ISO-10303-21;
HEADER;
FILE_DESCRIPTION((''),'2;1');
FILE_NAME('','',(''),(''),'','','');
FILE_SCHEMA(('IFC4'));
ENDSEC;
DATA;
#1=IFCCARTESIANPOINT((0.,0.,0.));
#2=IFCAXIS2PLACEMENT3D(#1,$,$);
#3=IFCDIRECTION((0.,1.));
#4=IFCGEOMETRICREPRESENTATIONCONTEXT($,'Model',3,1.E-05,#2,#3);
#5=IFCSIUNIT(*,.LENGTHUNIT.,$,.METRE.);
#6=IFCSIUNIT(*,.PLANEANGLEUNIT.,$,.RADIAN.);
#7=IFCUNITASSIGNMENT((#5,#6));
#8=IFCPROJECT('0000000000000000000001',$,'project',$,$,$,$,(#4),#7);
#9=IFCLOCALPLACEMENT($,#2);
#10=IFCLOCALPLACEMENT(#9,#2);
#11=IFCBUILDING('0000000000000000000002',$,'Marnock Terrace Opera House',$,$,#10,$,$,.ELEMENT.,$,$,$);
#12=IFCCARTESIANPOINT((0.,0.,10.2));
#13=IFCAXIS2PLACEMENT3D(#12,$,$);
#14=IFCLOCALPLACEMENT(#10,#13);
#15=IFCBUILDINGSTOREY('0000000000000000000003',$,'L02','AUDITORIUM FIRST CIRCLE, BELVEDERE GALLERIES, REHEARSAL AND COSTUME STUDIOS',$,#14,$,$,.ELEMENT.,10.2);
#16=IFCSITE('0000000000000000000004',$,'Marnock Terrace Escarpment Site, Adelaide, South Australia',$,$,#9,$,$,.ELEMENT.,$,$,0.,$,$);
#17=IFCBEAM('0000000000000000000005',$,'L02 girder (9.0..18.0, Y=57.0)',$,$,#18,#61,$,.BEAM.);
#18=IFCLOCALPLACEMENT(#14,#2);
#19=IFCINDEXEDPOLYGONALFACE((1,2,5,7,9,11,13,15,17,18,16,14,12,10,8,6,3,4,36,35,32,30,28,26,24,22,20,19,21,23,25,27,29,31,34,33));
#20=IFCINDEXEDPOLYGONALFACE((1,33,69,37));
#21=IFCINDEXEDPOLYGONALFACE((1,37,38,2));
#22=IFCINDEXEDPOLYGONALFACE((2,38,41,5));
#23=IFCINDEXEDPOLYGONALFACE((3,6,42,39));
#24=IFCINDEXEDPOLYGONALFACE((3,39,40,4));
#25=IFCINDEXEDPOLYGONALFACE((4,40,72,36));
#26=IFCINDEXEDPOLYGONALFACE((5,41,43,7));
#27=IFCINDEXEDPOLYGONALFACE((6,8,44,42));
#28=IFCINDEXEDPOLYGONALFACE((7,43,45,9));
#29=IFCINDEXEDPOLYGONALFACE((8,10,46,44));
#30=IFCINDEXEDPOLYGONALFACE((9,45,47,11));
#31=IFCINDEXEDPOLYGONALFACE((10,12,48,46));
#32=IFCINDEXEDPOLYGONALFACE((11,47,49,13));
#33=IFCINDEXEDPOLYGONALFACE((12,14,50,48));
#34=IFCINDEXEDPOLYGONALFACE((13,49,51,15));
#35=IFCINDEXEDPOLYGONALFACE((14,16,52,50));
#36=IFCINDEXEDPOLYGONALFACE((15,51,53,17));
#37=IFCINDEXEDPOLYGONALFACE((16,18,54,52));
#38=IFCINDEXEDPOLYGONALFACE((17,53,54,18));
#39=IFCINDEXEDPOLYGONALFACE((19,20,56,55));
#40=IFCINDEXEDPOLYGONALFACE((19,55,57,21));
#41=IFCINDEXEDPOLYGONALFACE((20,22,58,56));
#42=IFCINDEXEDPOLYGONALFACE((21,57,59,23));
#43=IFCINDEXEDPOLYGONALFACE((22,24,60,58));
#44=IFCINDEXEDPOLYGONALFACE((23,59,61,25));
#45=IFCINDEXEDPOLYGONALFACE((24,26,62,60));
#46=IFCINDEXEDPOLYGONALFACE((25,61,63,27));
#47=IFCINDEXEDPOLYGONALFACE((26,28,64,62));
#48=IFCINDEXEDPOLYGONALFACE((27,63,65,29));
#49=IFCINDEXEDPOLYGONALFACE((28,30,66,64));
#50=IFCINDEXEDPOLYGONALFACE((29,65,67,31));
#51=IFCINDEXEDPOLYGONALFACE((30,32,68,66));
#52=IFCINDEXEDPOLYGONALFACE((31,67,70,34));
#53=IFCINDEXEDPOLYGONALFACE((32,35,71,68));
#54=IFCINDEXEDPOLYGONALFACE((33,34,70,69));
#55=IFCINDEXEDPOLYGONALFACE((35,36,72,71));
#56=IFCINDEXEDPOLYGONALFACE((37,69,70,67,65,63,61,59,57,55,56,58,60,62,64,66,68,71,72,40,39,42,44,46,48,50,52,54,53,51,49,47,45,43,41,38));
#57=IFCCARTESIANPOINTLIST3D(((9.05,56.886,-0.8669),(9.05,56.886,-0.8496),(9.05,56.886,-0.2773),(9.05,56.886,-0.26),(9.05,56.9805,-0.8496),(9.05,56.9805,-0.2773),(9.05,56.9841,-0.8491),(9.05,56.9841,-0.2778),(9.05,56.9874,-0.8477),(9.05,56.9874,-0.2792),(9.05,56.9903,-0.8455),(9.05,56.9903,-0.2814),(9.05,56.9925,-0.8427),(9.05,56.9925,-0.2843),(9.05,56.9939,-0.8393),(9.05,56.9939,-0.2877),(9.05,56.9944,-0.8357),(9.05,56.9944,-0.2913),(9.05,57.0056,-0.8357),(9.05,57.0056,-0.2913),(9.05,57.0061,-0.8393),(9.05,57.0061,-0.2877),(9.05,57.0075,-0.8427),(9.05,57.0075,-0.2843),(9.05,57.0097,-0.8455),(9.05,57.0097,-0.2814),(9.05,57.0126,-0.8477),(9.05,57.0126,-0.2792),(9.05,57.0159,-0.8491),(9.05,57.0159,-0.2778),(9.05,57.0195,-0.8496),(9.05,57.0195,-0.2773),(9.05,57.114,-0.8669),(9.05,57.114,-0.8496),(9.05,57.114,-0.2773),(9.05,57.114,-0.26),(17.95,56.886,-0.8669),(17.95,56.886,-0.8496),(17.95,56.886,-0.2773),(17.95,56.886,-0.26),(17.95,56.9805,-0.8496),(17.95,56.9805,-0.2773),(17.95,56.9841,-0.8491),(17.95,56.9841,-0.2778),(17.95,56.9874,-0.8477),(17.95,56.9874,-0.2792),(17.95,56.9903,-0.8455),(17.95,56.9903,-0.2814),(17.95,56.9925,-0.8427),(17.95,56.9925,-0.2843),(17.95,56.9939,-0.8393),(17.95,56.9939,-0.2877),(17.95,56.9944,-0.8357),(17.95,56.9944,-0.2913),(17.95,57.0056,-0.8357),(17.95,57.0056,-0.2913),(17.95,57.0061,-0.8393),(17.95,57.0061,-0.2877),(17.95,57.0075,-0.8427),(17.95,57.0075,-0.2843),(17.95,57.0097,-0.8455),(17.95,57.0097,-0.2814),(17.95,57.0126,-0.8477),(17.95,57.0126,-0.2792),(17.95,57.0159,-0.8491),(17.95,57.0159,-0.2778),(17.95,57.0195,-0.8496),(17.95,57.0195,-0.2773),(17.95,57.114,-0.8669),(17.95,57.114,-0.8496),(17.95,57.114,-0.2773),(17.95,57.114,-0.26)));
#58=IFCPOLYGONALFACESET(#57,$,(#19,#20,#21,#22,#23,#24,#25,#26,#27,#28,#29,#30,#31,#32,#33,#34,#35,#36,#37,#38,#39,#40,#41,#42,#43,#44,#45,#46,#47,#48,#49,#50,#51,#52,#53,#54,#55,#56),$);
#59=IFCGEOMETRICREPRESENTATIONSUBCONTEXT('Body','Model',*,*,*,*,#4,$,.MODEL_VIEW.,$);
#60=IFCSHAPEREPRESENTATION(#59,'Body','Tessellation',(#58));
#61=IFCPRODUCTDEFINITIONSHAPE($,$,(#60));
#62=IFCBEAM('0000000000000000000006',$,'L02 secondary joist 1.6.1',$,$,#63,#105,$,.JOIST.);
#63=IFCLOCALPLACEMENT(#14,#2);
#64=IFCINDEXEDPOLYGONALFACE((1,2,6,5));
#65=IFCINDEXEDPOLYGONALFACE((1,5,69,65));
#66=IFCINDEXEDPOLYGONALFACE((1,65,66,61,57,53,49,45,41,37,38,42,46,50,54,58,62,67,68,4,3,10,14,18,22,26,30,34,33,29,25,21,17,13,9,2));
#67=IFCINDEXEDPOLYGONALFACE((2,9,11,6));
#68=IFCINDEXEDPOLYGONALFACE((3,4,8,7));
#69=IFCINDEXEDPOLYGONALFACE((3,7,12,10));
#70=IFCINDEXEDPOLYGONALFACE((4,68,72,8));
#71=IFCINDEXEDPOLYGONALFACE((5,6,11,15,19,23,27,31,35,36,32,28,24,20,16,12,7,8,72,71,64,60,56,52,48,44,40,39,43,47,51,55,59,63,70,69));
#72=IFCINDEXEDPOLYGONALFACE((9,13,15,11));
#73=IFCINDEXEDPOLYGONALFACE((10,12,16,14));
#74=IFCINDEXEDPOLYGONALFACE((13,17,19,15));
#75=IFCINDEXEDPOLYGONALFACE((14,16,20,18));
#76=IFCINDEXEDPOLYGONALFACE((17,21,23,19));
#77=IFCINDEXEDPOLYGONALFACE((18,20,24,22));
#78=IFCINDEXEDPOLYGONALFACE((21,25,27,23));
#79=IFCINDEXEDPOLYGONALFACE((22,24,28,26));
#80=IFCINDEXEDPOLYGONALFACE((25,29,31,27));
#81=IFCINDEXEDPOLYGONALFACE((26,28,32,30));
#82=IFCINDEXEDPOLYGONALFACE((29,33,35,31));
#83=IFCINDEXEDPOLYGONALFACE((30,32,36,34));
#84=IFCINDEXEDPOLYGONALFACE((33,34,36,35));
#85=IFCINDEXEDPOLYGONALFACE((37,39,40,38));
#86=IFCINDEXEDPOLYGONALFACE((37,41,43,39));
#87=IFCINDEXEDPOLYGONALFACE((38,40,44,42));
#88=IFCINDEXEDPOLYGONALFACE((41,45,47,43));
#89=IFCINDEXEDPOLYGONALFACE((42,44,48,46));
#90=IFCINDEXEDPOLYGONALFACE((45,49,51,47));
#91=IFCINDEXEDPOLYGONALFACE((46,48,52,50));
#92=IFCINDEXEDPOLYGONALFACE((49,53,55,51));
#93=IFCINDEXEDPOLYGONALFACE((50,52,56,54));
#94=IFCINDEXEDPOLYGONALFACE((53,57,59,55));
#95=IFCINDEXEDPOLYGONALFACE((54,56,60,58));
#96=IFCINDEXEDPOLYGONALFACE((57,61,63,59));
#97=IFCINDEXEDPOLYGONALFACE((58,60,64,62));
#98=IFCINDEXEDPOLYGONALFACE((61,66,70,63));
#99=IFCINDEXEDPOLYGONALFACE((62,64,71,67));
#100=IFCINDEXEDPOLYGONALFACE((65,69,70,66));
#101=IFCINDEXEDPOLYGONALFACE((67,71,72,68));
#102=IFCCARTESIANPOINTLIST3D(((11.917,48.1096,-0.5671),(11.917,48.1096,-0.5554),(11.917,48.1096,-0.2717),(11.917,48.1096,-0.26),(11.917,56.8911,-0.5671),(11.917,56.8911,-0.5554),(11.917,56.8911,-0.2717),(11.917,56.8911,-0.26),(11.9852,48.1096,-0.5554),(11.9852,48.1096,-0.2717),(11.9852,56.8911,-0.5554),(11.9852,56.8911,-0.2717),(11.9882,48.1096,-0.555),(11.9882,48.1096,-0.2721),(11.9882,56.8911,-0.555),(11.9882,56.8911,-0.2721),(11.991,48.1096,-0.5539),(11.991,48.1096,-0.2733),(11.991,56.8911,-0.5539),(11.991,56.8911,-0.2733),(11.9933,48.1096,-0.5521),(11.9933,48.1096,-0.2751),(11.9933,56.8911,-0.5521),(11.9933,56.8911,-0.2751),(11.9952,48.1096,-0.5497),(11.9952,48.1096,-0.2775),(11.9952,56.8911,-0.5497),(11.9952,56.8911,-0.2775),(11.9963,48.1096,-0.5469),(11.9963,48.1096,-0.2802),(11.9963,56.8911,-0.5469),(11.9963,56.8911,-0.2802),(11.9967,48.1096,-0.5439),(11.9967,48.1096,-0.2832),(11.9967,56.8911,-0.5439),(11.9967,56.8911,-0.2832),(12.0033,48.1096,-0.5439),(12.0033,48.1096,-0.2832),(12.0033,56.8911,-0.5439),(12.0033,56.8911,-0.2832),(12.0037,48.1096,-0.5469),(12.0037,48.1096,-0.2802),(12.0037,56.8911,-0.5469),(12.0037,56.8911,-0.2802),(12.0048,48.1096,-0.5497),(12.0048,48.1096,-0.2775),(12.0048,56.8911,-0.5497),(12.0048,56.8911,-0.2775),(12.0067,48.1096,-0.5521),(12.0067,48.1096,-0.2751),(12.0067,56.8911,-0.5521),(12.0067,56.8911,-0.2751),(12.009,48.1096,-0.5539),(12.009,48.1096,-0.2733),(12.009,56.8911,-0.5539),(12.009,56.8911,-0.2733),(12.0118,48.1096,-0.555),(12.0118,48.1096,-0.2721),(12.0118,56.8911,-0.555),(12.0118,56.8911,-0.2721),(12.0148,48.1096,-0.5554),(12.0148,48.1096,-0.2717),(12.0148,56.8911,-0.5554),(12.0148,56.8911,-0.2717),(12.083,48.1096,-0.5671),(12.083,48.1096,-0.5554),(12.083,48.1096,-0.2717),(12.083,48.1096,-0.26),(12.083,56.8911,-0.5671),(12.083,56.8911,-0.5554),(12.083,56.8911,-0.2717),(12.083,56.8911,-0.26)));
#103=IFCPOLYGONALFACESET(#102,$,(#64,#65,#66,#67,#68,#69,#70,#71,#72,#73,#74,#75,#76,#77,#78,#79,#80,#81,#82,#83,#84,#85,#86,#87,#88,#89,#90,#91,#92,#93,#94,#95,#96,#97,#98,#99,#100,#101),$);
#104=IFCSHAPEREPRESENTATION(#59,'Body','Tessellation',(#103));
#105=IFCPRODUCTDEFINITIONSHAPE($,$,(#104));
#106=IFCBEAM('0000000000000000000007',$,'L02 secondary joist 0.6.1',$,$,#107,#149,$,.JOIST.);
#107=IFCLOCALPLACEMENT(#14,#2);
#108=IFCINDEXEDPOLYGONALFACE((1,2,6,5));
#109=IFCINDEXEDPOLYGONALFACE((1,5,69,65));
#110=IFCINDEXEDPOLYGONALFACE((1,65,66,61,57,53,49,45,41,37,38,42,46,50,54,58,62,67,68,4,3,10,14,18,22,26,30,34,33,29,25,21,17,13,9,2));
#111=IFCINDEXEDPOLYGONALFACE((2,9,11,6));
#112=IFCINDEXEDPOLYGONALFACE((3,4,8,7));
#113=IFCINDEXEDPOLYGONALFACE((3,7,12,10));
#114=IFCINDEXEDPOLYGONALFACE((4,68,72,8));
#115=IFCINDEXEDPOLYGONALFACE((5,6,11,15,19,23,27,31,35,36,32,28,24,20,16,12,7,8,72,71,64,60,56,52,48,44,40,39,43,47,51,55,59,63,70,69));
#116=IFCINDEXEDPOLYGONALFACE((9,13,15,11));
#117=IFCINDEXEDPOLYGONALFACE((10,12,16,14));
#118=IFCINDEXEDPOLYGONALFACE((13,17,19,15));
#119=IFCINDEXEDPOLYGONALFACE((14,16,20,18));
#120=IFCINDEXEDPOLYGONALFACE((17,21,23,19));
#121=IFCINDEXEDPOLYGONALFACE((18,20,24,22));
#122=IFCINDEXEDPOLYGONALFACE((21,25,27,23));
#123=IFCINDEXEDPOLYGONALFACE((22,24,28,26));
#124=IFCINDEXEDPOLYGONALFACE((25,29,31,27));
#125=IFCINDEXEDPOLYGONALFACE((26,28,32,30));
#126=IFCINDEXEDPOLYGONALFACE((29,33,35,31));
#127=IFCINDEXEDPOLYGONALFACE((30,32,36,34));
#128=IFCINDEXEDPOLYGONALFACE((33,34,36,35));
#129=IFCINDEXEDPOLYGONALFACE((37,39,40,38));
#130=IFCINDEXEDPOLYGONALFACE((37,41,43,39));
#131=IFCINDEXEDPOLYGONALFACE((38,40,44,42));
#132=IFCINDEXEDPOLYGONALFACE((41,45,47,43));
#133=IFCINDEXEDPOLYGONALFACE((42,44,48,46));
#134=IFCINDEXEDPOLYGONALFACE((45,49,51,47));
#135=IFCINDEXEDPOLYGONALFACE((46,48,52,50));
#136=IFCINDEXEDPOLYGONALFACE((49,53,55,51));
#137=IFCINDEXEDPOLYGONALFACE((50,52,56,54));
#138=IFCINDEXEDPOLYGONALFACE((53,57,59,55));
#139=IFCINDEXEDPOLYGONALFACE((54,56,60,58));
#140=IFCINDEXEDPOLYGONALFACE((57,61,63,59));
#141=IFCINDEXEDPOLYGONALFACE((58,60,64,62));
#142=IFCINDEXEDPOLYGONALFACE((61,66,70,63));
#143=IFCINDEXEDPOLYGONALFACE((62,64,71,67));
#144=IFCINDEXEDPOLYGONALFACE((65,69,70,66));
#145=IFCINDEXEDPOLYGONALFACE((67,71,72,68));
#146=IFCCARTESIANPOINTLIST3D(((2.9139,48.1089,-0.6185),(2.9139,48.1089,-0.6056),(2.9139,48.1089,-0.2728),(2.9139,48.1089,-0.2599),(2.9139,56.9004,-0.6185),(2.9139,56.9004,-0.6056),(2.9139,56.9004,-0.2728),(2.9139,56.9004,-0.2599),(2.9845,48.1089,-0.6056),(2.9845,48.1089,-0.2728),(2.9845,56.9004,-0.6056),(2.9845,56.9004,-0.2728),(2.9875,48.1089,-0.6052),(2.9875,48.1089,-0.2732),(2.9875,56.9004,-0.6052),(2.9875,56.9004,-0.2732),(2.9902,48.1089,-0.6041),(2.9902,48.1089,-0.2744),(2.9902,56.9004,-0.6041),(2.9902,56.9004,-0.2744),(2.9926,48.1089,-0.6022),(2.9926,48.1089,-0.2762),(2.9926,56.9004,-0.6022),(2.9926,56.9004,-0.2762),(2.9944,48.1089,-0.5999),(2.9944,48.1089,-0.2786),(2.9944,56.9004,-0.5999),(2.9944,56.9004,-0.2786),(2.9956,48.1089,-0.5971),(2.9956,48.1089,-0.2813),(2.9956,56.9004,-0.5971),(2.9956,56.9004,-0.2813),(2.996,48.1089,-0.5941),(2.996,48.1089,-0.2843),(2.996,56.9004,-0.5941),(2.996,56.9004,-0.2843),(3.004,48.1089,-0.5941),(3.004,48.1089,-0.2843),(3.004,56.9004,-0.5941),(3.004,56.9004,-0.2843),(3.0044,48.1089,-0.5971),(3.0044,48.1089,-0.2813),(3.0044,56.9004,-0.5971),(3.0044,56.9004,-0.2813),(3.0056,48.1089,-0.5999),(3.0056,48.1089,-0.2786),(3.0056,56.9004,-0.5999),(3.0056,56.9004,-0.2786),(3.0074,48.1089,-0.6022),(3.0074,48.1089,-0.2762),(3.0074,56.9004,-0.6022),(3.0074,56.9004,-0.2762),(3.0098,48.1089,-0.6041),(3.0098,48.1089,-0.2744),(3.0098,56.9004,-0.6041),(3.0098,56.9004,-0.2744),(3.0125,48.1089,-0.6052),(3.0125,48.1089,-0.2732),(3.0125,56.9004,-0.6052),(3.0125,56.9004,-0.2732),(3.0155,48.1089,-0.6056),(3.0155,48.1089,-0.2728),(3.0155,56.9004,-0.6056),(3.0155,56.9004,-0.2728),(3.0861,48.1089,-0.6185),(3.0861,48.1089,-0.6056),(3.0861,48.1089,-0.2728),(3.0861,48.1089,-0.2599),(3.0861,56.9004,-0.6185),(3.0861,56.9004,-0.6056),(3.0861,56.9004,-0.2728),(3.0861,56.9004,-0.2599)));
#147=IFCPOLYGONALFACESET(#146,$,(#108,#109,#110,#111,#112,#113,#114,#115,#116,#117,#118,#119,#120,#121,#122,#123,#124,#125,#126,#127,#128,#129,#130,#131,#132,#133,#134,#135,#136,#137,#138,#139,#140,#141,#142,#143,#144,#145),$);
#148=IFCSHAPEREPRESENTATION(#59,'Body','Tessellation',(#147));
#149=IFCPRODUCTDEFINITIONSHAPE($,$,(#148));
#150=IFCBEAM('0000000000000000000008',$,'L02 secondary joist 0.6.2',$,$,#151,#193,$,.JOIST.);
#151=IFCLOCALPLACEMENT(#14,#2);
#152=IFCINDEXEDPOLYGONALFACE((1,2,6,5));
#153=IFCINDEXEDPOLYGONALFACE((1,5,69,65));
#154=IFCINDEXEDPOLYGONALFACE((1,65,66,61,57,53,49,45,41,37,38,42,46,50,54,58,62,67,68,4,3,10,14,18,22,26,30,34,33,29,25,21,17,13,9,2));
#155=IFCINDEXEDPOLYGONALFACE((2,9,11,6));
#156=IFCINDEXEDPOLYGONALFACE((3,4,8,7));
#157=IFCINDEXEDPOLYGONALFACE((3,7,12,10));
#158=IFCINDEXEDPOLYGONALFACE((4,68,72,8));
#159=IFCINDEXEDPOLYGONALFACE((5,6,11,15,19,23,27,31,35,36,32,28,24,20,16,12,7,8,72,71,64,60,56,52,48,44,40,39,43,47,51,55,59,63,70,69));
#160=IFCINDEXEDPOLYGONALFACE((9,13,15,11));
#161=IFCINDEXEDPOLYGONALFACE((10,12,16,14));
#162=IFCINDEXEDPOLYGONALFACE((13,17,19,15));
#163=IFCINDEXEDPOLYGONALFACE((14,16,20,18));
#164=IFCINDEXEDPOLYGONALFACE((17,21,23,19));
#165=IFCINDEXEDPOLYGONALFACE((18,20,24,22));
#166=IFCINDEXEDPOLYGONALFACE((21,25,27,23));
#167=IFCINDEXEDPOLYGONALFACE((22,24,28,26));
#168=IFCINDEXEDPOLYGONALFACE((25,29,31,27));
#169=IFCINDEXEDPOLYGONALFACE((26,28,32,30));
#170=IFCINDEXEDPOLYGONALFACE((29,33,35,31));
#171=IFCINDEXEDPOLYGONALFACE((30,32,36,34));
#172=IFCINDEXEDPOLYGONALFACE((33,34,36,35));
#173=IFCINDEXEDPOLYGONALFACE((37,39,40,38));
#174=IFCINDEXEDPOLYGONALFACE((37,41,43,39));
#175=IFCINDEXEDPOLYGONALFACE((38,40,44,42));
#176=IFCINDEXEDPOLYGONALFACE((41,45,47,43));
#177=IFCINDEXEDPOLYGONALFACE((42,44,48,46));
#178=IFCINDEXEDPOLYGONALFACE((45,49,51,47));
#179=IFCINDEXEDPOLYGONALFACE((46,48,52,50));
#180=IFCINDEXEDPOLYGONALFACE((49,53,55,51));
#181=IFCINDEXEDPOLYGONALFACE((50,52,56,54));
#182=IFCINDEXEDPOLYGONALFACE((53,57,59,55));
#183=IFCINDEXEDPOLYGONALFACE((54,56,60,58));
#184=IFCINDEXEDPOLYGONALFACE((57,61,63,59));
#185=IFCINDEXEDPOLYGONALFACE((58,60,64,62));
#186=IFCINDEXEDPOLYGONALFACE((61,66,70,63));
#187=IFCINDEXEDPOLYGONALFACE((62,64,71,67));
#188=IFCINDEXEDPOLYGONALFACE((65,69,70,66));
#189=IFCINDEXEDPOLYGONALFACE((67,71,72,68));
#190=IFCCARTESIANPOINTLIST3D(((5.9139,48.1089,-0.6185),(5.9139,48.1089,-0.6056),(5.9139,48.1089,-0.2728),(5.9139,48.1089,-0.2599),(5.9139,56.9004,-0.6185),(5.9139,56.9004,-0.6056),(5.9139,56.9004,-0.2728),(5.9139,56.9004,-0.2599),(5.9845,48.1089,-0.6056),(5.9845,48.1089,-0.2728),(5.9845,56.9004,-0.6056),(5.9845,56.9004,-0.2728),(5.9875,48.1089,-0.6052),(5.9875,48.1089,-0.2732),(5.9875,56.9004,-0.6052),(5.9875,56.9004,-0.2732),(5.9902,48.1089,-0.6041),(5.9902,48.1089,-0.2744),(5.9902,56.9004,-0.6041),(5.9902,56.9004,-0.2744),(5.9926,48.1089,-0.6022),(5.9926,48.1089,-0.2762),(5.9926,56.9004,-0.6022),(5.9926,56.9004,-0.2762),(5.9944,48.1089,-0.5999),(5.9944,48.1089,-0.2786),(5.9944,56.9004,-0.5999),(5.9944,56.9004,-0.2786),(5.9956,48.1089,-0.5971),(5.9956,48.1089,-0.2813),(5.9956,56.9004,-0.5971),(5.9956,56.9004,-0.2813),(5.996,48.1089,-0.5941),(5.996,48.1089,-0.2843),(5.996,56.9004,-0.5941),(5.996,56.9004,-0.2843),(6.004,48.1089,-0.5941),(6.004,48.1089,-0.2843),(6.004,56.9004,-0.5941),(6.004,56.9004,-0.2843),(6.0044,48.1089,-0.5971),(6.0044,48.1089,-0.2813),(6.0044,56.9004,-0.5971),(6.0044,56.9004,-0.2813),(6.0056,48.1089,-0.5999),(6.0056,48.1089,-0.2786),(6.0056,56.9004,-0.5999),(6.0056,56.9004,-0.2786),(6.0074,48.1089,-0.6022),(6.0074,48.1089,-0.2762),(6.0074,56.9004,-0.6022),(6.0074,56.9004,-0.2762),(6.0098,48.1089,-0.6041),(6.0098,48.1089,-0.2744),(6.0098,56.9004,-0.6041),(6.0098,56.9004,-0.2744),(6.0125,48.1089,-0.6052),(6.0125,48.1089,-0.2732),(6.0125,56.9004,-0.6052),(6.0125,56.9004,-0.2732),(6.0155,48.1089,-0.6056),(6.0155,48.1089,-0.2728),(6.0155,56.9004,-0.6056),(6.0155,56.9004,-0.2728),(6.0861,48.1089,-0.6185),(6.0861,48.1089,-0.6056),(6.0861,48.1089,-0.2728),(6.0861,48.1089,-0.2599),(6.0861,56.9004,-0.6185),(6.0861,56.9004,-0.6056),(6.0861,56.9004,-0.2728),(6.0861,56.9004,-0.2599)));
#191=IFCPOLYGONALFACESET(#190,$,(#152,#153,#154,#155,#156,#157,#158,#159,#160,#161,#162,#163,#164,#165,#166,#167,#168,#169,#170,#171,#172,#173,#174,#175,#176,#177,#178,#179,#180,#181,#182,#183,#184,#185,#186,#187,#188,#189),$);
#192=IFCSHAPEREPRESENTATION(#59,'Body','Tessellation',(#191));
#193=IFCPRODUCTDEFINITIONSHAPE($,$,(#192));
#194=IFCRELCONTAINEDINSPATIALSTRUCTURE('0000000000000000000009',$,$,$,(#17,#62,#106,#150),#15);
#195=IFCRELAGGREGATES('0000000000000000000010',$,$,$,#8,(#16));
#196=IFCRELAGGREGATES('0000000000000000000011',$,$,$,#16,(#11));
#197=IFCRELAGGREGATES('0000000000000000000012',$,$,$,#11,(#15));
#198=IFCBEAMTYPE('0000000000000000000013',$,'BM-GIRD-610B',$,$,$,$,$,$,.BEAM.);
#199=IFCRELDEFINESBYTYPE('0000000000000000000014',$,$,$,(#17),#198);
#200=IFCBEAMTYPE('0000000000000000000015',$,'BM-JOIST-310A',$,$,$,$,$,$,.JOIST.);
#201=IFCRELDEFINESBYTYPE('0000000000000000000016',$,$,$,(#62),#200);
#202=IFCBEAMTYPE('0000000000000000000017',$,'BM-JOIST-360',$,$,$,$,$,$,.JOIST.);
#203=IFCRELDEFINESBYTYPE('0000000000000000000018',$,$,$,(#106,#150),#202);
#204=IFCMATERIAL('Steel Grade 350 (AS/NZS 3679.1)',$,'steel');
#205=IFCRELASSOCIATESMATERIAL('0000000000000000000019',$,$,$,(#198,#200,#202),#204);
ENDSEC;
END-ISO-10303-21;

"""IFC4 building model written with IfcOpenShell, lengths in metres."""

from ifc_helpers import new_model, si_unit, direction, frame, origin, origin_2d, place, context, subcontext, project, spatial, i_section, extrude, material, material_profile, profile_set, type_object, element, save


model = new_model("IFC4")

# Units and contexts
model_context = context("Model", 3, precision=1e-05, world=origin(), true_north=direction((0.0, 1.0)))
body_context = subcontext(model_context, "Body", "Model", "MODEL_VIEW")
ifc_project = project(units=[si_unit("LENGTHUNIT", "METRE"), si_unit("PLANEANGLEUNIT", "RADIAN")], contexts=[model_context])

# Site, building, storey
site_placement = place(None, origin())
site = spatial("IfcSite", under=ifc_project, at=site_placement, Name="Marnock Terrace Escarpment Site, Adelaide, South Australia", CompositionType="ELEMENT", RefElevation=0.0)
building_placement = place(site_placement, origin())
building = spatial("IfcBuilding", under=site, at=building_placement, Name="Marnock Terrace Opera House", CompositionType="ELEMENT")
storey_placement = place(building_placement, frame((0.0, 0.0, 10.2)))
storey = spatial("IfcBuildingStorey", under=building, at=storey_placement, Name="L02", Description="AUDITORIUM FIRST CIRCLE, BELVEDERE GALLERIES, REHEARSAL AND COSTUME STUDIOS", CompositionType="ELEMENT", Elevation=10.2)

# Shared definitions
ifc_material_1 = material(Name="Steel Grade 350 (AS/NZS 3679.1)", Category="steel")

# Beams
ifc_material_profile_1 = material_profile(ifc_material_1, i_section(OverallWidth=0.228, OverallDepth=0.6069, WebThickness=0.0112, FlangeThickness=0.0173, FilletRadius=0.0139, at=origin_2d()))
ifc_profile_set_1 = profile_set([ifc_material_profile_1], Name="Steel Grade 350 (AS/NZS 3679.1)")
beam_type_1 = type_object("IfcBeamType", Name="BM-GIRD-610B", PredefinedType="BEAM", material=ifc_profile_set_1)
beam_1_placement = place(storey_placement, frame((9.05, 57.0, -0.5635), z_axis=(1.0, 0.0, 0.0), x_axis=(0.0, 1.0, 0.0)))
element("IfcBeam", 1, at=beam_1_placement, inside=storey, type_object=beam_type_1, Name="L02 girder (9.0..18.0, Y=57.0)", PredefinedType="BEAM", context=body_context, shape_type="SweptSolid", body=[
    extrude(i_section(OverallWidth=0.228, OverallDepth=0.6069, WebThickness=0.0112, FlangeThickness=0.0173, FilletRadius=0.0139, at=origin_2d()), origin(), (0.0, 0.0, 1.0), 8.8999),
])
ifc_material_profile_2 = material_profile(ifc_material_1, i_section(OverallWidth=0.166, OverallDepth=0.3071, WebThickness=0.0066, FlangeThickness=0.0117, FilletRadius=0.0115, at=origin_2d()))
ifc_profile_set_2 = profile_set([ifc_material_profile_2], Name="Steel Grade 350 (AS/NZS 3679.1)")
beam_type_2 = type_object("IfcBeamType", Name="BM-JOIST-310A", PredefinedType="JOIST", material=ifc_profile_set_2)
beam_2_placement = place(storey_placement, frame((12.0, 48.1096, -0.4136), z_axis=(0.0, 1.0, 0.0), x_axis=(-1.0, 0.0, 0.0)))
element("IfcBeam", 2, at=beam_2_placement, inside=storey, type_object=beam_type_2, Name="L02 secondary joist 1.6.1", PredefinedType="JOIST", context=body_context, shape_type="SweptSolid", body=[
    extrude(i_section(OverallWidth=0.166, OverallDepth=0.3071, WebThickness=0.0066, FlangeThickness=0.0117, FilletRadius=0.0115, at=origin_2d()), origin(), (0.0, 0.0, 1.0), 8.7815),
])
ifc_material_profile_3 = material_profile(ifc_material_1, i_section(OverallWidth=0.1721, OverallDepth=0.3586, WebThickness=0.0081, FlangeThickness=0.0129, FilletRadius=0.0115, at=origin_2d()))
ifc_profile_set_3 = profile_set([ifc_material_profile_3], Name="Steel Grade 350 (AS/NZS 3679.1)")
beam_type_3 = type_object("IfcBeamType", Name="BM-JOIST-360", PredefinedType="JOIST", material=ifc_profile_set_3)
for number, where, z_axis, x_axis, name in (
    (3, (3.0, 48.1089, -0.4392), (0.0, 1.0, 0.0), (-1.0, 0.0, 0.0), "L02 secondary joist 0.6.1"),
    (4, (6.0, 48.1089, -0.4392), (0.0, 1.0, 0.0), (-1.0, 0.0, 0.0), "L02 secondary joist 0.6.2"),
):
    element("IfcBeam", number, at=place(storey_placement, frame(where, z_axis=z_axis, x_axis=x_axis)), inside=storey, type_object=beam_type_3, Name=name, PredefinedType="JOIST", context=body_context, shape_type="SweptSolid", body=[
        extrude(i_section(OverallWidth=0.1721, OverallDepth=0.3586, WebThickness=0.0081, FlangeThickness=0.0129, FilletRadius=0.0115, at=origin_2d()), origin(), (0.0, 0.0, 1.0), 8.7915),
    ])

save(model, "model.ifc")
